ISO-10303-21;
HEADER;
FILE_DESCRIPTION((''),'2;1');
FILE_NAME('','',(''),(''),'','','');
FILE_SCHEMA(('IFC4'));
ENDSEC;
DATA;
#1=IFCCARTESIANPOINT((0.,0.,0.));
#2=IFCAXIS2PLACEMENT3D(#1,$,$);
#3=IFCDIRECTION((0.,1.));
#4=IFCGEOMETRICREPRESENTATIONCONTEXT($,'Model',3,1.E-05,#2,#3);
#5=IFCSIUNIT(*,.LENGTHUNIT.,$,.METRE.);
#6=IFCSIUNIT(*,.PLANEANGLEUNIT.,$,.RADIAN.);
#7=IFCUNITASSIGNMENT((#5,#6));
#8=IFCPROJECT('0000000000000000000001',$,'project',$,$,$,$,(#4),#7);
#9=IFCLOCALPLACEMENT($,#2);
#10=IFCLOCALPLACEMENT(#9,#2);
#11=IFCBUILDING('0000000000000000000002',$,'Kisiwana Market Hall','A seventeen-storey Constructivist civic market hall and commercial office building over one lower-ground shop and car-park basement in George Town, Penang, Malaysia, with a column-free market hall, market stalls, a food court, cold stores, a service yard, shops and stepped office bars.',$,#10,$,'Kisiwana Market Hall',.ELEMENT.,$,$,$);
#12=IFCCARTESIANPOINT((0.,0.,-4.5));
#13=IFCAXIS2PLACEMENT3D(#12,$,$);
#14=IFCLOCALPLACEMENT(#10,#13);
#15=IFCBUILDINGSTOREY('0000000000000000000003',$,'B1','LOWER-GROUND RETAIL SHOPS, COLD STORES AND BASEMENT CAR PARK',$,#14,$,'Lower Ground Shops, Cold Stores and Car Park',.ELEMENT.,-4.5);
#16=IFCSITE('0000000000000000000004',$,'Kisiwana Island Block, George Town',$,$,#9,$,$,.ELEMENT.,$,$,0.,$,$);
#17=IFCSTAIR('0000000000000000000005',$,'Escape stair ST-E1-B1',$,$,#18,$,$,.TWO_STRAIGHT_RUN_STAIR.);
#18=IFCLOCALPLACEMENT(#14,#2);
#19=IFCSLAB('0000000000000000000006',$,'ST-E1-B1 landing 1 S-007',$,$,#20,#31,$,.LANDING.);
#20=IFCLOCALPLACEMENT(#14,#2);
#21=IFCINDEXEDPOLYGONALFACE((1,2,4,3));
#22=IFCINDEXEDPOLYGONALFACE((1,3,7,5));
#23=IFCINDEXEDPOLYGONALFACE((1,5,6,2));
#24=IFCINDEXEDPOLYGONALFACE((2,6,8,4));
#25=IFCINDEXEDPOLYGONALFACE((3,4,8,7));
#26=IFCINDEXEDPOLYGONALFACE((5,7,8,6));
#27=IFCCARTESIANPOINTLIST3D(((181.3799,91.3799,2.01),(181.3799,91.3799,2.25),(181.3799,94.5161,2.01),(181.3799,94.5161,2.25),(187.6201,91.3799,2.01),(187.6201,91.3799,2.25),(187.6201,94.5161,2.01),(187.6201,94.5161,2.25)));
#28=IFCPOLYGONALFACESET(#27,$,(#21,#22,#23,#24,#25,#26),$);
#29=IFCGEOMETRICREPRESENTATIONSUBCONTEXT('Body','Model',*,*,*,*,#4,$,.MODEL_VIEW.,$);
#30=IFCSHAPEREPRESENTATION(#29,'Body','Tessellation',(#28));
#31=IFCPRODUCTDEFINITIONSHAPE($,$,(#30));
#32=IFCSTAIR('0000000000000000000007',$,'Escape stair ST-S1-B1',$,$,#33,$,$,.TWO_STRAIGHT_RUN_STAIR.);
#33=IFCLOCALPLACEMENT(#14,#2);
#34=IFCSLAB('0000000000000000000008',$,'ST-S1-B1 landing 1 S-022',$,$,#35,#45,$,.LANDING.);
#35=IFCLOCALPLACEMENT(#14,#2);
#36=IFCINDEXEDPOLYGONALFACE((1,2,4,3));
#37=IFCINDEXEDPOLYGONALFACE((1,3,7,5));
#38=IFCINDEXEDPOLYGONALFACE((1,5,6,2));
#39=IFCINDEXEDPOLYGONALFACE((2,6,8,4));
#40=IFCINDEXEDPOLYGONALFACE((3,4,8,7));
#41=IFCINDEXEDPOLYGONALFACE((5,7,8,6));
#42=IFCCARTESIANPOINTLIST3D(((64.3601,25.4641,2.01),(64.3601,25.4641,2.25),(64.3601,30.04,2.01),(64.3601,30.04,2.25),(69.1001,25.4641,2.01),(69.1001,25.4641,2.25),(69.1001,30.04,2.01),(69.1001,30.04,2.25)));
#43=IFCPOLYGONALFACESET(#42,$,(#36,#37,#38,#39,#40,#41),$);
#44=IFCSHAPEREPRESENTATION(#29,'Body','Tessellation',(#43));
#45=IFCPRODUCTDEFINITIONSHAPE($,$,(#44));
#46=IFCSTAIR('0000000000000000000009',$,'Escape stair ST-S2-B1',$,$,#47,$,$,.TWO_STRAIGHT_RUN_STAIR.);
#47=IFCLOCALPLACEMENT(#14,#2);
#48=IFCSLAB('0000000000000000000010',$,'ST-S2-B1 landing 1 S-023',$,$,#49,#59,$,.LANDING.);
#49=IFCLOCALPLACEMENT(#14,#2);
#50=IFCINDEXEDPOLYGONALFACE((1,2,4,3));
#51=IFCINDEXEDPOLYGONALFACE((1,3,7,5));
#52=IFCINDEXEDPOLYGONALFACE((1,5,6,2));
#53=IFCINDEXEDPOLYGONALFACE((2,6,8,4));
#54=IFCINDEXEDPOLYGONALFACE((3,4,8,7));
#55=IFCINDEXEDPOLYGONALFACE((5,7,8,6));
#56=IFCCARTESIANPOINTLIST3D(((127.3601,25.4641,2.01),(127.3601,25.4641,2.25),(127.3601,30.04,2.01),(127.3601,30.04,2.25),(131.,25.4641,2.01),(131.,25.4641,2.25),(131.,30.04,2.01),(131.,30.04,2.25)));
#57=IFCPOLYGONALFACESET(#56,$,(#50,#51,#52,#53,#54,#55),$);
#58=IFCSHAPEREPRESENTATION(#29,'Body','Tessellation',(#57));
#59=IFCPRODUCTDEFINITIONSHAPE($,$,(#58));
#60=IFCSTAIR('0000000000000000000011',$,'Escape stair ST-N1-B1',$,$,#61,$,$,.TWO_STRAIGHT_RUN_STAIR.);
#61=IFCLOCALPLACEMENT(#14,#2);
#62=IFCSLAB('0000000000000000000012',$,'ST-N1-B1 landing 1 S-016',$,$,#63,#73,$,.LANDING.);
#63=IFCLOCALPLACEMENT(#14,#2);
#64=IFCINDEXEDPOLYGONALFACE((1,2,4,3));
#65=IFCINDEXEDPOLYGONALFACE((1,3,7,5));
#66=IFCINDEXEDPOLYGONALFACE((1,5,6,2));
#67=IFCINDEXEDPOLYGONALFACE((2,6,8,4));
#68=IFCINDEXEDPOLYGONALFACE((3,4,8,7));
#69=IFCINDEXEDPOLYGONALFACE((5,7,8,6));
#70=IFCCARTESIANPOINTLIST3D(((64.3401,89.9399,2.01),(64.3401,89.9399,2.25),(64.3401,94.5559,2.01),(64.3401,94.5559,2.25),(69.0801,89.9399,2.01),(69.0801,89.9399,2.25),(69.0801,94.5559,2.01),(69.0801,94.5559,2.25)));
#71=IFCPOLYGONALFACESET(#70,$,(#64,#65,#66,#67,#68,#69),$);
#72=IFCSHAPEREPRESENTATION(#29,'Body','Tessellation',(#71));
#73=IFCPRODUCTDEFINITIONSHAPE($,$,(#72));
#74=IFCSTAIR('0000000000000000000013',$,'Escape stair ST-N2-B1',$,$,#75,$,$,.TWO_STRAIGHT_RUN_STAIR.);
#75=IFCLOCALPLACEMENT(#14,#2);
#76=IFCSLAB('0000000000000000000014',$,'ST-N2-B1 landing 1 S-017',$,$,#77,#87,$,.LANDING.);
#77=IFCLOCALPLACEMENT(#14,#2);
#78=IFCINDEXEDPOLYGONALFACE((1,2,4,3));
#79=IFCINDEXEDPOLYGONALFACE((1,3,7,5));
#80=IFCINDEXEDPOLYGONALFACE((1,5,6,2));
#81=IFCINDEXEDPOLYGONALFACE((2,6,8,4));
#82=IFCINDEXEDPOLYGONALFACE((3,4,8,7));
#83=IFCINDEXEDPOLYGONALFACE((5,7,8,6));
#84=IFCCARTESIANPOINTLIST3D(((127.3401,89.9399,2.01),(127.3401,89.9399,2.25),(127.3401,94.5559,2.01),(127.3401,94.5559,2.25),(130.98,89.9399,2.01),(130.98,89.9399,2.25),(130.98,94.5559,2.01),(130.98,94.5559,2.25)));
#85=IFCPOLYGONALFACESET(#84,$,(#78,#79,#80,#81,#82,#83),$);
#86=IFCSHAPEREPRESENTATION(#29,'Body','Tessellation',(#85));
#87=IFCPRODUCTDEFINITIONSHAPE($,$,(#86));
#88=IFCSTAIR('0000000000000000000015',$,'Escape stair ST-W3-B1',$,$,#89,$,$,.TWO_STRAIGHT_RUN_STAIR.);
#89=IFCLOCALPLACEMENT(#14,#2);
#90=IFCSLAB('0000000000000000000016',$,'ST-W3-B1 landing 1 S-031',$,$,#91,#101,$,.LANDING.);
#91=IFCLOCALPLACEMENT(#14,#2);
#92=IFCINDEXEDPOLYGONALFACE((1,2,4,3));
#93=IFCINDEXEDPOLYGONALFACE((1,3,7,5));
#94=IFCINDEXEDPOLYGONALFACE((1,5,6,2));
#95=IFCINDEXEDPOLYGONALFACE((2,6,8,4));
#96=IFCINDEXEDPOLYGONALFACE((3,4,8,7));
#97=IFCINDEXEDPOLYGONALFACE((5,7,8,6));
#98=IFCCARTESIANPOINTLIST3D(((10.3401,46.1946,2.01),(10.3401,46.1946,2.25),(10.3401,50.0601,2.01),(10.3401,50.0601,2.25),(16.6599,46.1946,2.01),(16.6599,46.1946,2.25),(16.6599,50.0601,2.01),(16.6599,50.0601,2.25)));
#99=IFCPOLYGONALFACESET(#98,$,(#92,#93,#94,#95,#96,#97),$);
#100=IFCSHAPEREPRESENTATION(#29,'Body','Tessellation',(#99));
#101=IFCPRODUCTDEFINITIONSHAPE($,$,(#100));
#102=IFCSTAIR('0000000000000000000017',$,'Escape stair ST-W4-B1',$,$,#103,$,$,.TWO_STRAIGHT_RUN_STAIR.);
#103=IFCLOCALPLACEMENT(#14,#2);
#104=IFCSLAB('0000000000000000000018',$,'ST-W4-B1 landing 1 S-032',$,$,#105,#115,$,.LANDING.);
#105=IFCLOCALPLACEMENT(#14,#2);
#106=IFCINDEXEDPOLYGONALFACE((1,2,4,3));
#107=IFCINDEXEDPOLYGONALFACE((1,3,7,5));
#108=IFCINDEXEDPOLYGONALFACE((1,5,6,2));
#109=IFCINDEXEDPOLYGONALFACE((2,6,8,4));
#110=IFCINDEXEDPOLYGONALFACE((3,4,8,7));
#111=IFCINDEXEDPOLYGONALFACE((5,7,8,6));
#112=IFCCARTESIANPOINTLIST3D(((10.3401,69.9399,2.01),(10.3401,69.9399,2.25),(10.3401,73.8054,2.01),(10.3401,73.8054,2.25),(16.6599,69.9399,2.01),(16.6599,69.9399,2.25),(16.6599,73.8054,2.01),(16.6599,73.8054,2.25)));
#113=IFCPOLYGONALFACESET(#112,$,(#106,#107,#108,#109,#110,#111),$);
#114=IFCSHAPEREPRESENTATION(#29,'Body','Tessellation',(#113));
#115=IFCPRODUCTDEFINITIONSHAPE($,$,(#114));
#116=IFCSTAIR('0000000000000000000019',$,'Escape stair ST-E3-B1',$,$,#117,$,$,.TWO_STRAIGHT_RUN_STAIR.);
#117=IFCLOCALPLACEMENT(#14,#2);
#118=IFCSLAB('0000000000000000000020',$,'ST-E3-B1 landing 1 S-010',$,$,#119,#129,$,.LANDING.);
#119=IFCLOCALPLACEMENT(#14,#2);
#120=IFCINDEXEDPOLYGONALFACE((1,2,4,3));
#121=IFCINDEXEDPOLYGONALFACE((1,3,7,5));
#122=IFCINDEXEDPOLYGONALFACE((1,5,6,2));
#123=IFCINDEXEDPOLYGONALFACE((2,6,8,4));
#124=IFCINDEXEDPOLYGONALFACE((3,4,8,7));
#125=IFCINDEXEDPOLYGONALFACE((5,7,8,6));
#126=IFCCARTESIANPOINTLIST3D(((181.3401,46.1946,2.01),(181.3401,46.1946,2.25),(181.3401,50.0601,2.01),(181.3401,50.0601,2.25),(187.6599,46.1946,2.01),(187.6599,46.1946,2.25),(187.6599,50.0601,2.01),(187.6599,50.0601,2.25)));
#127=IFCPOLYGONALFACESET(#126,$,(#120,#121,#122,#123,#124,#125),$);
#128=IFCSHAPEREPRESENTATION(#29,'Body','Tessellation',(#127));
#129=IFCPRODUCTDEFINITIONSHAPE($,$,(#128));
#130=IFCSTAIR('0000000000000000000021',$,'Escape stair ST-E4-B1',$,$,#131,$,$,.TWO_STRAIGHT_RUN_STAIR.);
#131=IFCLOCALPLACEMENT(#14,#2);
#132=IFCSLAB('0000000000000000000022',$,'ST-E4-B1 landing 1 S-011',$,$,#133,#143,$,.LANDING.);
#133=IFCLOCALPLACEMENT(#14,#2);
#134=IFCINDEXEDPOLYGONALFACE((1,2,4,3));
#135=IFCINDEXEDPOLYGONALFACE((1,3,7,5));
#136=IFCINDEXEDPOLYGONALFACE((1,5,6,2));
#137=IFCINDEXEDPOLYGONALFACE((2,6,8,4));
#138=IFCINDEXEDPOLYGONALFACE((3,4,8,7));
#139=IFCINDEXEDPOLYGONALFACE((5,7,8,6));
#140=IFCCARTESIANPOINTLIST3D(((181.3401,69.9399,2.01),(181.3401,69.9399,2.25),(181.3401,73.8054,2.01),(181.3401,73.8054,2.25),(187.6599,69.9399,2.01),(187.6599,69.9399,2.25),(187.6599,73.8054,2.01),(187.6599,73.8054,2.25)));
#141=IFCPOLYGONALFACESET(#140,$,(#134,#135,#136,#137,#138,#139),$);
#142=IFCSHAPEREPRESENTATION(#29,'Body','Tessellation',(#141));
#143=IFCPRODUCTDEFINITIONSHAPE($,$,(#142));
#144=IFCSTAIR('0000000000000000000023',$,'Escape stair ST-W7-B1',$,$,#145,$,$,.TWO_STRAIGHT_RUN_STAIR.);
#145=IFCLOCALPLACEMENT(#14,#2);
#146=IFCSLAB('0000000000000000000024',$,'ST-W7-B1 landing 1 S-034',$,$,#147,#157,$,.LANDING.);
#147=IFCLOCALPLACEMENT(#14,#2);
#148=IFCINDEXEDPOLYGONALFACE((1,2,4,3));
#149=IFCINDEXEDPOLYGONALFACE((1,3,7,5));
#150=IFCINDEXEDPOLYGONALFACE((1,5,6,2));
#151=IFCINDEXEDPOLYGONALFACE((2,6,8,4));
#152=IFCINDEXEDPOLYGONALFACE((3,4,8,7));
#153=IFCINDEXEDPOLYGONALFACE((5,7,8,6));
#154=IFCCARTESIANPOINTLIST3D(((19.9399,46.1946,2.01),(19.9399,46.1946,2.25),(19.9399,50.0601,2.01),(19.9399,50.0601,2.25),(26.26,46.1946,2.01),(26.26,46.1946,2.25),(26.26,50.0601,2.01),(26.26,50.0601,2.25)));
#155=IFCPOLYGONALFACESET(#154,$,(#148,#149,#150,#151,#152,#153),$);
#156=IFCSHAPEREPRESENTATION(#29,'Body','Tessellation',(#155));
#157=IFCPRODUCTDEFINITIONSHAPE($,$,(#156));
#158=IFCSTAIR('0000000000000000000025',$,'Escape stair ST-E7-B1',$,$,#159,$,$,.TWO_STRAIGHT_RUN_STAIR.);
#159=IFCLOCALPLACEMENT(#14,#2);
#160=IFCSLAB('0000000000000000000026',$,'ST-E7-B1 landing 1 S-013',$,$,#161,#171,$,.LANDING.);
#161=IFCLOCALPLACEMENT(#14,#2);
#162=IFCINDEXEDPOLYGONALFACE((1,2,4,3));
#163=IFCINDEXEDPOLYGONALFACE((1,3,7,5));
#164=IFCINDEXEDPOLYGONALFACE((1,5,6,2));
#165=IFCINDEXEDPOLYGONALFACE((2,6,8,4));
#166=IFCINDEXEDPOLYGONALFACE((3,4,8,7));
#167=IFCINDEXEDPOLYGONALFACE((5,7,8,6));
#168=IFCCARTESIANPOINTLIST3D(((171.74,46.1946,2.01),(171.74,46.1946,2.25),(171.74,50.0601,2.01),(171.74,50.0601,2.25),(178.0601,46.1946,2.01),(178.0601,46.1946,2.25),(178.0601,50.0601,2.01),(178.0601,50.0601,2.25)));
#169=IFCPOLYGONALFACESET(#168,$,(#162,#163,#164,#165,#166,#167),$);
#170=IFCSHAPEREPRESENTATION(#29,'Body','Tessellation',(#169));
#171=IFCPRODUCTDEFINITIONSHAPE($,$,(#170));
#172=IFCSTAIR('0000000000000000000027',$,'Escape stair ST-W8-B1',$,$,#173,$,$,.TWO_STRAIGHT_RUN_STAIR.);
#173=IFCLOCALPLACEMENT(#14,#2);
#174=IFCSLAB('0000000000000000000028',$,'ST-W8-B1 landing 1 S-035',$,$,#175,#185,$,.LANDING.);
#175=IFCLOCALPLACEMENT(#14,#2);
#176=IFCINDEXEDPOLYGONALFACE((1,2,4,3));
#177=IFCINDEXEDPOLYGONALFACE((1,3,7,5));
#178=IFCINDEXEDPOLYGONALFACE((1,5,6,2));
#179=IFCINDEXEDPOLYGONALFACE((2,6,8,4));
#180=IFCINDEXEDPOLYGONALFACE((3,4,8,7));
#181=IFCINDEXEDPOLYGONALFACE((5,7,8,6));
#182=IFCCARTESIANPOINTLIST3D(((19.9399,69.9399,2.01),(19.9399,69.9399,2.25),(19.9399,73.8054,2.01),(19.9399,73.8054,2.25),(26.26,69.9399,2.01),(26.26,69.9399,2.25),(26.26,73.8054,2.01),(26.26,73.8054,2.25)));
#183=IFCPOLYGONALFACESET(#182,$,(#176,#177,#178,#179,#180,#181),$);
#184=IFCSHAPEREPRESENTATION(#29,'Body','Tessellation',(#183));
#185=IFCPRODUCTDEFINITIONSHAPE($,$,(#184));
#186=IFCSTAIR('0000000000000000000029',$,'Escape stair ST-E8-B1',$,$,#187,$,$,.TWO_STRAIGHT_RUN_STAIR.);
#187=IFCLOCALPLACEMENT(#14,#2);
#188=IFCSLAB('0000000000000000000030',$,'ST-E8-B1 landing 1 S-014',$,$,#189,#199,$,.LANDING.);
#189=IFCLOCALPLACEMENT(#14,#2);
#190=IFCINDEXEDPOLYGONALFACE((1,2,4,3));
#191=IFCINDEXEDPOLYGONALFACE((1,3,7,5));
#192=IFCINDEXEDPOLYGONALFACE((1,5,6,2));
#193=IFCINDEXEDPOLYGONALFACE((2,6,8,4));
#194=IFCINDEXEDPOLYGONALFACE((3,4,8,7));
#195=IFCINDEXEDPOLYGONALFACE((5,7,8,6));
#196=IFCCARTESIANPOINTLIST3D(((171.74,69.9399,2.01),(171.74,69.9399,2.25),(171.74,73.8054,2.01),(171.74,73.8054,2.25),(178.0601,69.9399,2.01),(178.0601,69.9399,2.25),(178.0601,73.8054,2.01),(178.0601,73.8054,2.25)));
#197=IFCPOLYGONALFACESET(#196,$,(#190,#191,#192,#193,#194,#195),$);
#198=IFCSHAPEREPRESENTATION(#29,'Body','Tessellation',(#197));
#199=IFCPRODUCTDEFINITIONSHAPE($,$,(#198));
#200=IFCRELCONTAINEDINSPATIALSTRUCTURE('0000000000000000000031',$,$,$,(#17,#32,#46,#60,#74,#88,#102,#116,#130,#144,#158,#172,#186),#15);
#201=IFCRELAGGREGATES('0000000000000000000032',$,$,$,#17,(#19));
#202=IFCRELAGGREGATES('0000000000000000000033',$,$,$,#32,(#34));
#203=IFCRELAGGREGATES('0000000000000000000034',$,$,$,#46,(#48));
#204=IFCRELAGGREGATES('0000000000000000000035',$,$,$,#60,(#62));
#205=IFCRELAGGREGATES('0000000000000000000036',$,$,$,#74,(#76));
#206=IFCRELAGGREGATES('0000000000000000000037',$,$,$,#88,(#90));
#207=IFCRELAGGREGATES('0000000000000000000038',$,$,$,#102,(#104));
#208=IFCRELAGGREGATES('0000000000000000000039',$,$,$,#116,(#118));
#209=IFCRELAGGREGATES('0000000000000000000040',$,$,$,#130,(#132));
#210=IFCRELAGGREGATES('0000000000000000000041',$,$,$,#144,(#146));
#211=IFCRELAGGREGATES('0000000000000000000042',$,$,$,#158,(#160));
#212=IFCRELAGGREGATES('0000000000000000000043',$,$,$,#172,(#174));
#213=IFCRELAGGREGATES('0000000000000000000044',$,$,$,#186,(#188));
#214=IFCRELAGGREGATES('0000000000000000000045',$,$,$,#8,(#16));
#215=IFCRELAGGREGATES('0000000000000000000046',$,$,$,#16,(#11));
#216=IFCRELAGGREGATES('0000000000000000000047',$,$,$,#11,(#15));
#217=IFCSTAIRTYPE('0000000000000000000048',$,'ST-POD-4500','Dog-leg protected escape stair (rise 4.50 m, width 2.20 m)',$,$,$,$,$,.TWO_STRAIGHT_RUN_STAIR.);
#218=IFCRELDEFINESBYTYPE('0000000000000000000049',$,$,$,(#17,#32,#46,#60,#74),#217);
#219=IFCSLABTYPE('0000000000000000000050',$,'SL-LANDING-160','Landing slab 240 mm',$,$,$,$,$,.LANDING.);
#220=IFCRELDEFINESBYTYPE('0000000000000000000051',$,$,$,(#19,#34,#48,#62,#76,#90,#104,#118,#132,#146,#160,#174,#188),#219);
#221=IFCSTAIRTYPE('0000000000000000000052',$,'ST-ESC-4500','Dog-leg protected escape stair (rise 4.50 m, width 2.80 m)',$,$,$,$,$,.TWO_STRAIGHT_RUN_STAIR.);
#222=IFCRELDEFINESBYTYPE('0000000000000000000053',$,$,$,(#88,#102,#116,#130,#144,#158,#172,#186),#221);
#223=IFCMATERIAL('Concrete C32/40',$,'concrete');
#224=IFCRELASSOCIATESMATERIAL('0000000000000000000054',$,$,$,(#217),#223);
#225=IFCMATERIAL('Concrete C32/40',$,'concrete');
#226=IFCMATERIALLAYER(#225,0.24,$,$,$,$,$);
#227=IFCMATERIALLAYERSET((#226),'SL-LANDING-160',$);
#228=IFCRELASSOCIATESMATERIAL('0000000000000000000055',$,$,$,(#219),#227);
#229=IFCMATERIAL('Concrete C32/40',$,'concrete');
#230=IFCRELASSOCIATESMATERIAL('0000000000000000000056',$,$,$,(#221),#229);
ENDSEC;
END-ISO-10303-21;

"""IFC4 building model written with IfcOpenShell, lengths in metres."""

from ifc_helpers import new_model, si_unit, direction, frame, origin, place, context, subcontext, project, spatial, polyline, outline, extrude, material, layer, layer_set, type_object, element, aggregate, save


model = new_model("IFC4")

# Units and contexts
model_context = context("Model", 3, precision=1e-05, world=origin(), true_north=direction((0.0, 1.0)))
body_context = subcontext(model_context, "Body", "Model", "MODEL_VIEW")
ifc_project = project(units=[si_unit("LENGTHUNIT", "METRE"), si_unit("PLANEANGLEUNIT", "RADIAN")], contexts=[model_context])

# Site, building, storey
site_placement = place(None, origin())
site = spatial("IfcSite", under=ifc_project, at=site_placement, Name="Kisiwana Island Block, George Town", CompositionType="ELEMENT", RefElevation=0.0)
building_placement = place(site_placement, origin())
building = spatial("IfcBuilding", under=site, at=building_placement, Name="Kisiwana Market Hall", Description="A seventeen-storey Constructivist civic market hall and commercial office building over one lower-ground shop and car-park basement in George Town, Penang, Malaysia, with a column-free market hall, market stalls, a food court, cold stores, a service yard, shops and stepped office bars.", LongName="Kisiwana Market Hall", CompositionType="ELEMENT")
storey_placement = place(building_placement, frame((0.0, 0.0, -4.5)))
storey = spatial("IfcBuildingStorey", under=building, at=storey_placement, Name="B1", Description="LOWER-GROUND RETAIL SHOPS, COLD STORES AND BASEMENT CAR PARK", LongName="Lower Ground Shops, Cold Stores and Car Park", CompositionType="ELEMENT", Elevation=-4.5)

# Stairs, slabs
ifc_material_1 = material(Name="Concrete C32/40", Category="concrete")
stair_type_1 = type_object("IfcStairType", Name="ST-POD-4500", Description="Dog-leg protected escape stair (rise 4.50 m, width 2.20 m)", PredefinedType="TWO_STRAIGHT_RUN_STAIR", material=ifc_material_1)
ifc_material_2 = material(Name="Concrete C32/40", Category="concrete")
ifc_layer = layer(ifc_material_2, 0.24)
ifc_layer_set = layer_set([ifc_layer], Name="SL-LANDING-160")
slab_type = type_object("IfcSlabType", Name="SL-LANDING-160", Description="Landing slab 240 mm", PredefinedType="LANDING", material=ifc_layer_set)
stair_1_placement = place(storey_placement, origin())
stair_1 = element("IfcStair", 1, at=stair_1_placement, inside=storey, type_object=stair_type_1, Name="Escape stair ST-E1-B1", PredefinedType="TWO_STRAIGHT_RUN_STAIR")
slab_1_placement = place(storey_placement, frame((0.0, 0.0, 2.01)))
slab_1 = element("IfcSlab", 2, at=slab_1_placement, type_object=slab_type, Name="ST-E1-B1 landing 1 S-007", PredefinedType="LANDING", context=body_context, shape_type="SweptSolid", body=[
    extrude(outline(polyline([(181.3799, 91.3799), (187.6201, 91.3799), (187.6201, 94.5161), (181.3799, 94.5161), (181.3799, 91.3799)])), origin(), (0.0, 0.0, 1.0), 0.24),
])
aggregate(stair_1, [slab_1])
stair_2_placement = place(storey_placement, origin())
stair_2 = element("IfcStair", 3, at=stair_2_placement, inside=storey, type_object=stair_type_1, Name="Escape stair ST-S1-B1", PredefinedType="TWO_STRAIGHT_RUN_STAIR")
slab_2_placement = place(storey_placement, frame((0.0, 0.0, 2.01)))
slab_2 = element("IfcSlab", 4, at=slab_2_placement, type_object=slab_type, Name="ST-S1-B1 landing 1 S-022", PredefinedType="LANDING", context=body_context, shape_type="SweptSolid", body=[
    extrude(outline(polyline([(64.3601, 25.4641), (69.1001, 25.4641), (69.1001, 30.04), (64.3601, 30.04), (64.3601, 25.4641)])), origin(), (0.0, 0.0, 1.0), 0.24),
])
aggregate(stair_2, [slab_2])
stair_3_placement = place(storey_placement, origin())
stair_3 = element("IfcStair", 5, at=stair_3_placement, inside=storey, type_object=stair_type_1, Name="Escape stair ST-S2-B1", PredefinedType="TWO_STRAIGHT_RUN_STAIR")
slab_3_placement = place(storey_placement, frame((0.0, 0.0, 2.01)))
slab_3 = element("IfcSlab", 6, at=slab_3_placement, type_object=slab_type, Name="ST-S2-B1 landing 1 S-023", PredefinedType="LANDING", context=body_context, shape_type="SweptSolid", body=[
    extrude(outline(polyline([(127.3601, 25.4641), (131.0, 25.4641), (131.0, 30.04), (127.3601, 30.04), (127.3601, 25.4641)])), origin(), (0.0, 0.0, 1.0), 0.24),
])
aggregate(stair_3, [slab_3])
stair_4_placement = place(storey_placement, origin())
stair_4 = element("IfcStair", 7, at=stair_4_placement, inside=storey, type_object=stair_type_1, Name="Escape stair ST-N1-B1", PredefinedType="TWO_STRAIGHT_RUN_STAIR")
slab_4_placement = place(storey_placement, frame((0.0, 0.0, 2.01)))
slab_4 = element("IfcSlab", 8, at=slab_4_placement, type_object=slab_type, Name="ST-N1-B1 landing 1 S-016", PredefinedType="LANDING", context=body_context, shape_type="SweptSolid", body=[
    extrude(outline(polyline([(64.3401, 89.9399), (69.0801, 89.9399), (69.0801, 94.5559), (64.3401, 94.5559), (64.3401, 89.9399)])), origin(), (0.0, 0.0, 1.0), 0.24),
])
aggregate(stair_4, [slab_4])
stair_5_placement = place(storey_placement, origin())
stair_5 = element("IfcStair", 9, at=stair_5_placement, inside=storey, type_object=stair_type_1, Name="Escape stair ST-N2-B1", PredefinedType="TWO_STRAIGHT_RUN_STAIR")
slab_5_placement = place(storey_placement, frame((0.0, 0.0, 2.01)))
slab_5 = element("IfcSlab", 10, at=slab_5_placement, type_object=slab_type, Name="ST-N2-B1 landing 1 S-017", PredefinedType="LANDING", context=body_context, shape_type="SweptSolid", body=[
    extrude(outline(polyline([(127.3401, 89.9399), (130.98, 89.9399), (130.98, 94.5559), (127.3401, 94.5559), (127.3401, 89.9399)])), origin(), (0.0, 0.0, 1.0), 0.24),
])
aggregate(stair_5, [slab_5])
ifc_material_3 = material(Name="Concrete C32/40", Category="concrete")
stair_type_2 = type_object("IfcStairType", Name="ST-ESC-4500", Description="Dog-leg protected escape stair (rise 4.50 m, width 2.80 m)", PredefinedType="TWO_STRAIGHT_RUN_STAIR", material=ifc_material_3)
stair_6_placement = place(storey_placement, origin())
stair_6 = element("IfcStair", 11, at=stair_6_placement, inside=storey, type_object=stair_type_2, Name="Escape stair ST-W3-B1", PredefinedType="TWO_STRAIGHT_RUN_STAIR")
slab_6_placement = place(storey_placement, frame((0.0, 0.0, 2.01)))
slab_6 = element("IfcSlab", 12, at=slab_6_placement, type_object=slab_type, Name="ST-W3-B1 landing 1 S-031", PredefinedType="LANDING", context=body_context, shape_type="SweptSolid", body=[
    extrude(outline(polyline([(10.3401, 46.1946), (16.6599, 46.1946), (16.6599, 50.0601), (10.3401, 50.0601), (10.3401, 46.1946)])), origin(), (0.0, 0.0, 1.0), 0.24),
])
aggregate(stair_6, [slab_6])
stair_7_placement = place(storey_placement, origin())
stair_7 = element("IfcStair", 13, at=stair_7_placement, inside=storey, type_object=stair_type_2, Name="Escape stair ST-W4-B1", PredefinedType="TWO_STRAIGHT_RUN_STAIR")
slab_7_placement = place(storey_placement, frame((0.0, 0.0, 2.01)))
slab_7 = element("IfcSlab", 14, at=slab_7_placement, type_object=slab_type, Name="ST-W4-B1 landing 1 S-032", PredefinedType="LANDING", context=body_context, shape_type="SweptSolid", body=[
    extrude(outline(polyline([(10.3401, 69.9399), (16.6599, 69.9399), (16.6599, 73.8054), (10.3401, 73.8054), (10.3401, 69.9399)])), origin(), (0.0, 0.0, 1.0), 0.24),
])
aggregate(stair_7, [slab_7])
stair_8_placement = place(storey_placement, origin())
stair_8 = element("IfcStair", 15, at=stair_8_placement, inside=storey, type_object=stair_type_2, Name="Escape stair ST-E3-B1", PredefinedType="TWO_STRAIGHT_RUN_STAIR")
slab_8_placement = place(storey_placement, frame((0.0, 0.0, 2.01)))
slab_8 = element("IfcSlab", 16, at=slab_8_placement, type_object=slab_type, Name="ST-E3-B1 landing 1 S-010", PredefinedType="LANDING", context=body_context, shape_type="SweptSolid", body=[
    extrude(outline(polyline([(181.3401, 46.1946), (187.6599, 46.1946), (187.6599, 50.0601), (181.3401, 50.0601), (181.3401, 46.1946)])), origin(), (0.0, 0.0, 1.0), 0.24),
])
aggregate(stair_8, [slab_8])
stair_9_placement = place(storey_placement, origin())
stair_9 = element("IfcStair", 17, at=stair_9_placement, inside=storey, type_object=stair_type_2, Name="Escape stair ST-E4-B1", PredefinedType="TWO_STRAIGHT_RUN_STAIR")
slab_9_placement = place(storey_placement, frame((0.0, 0.0, 2.01)))
slab_9 = element("IfcSlab", 18, at=slab_9_placement, type_object=slab_type, Name="ST-E4-B1 landing 1 S-011", PredefinedType="LANDING", context=body_context, shape_type="SweptSolid", body=[
    extrude(outline(polyline([(181.3401, 69.9399), (187.6599, 69.9399), (187.6599, 73.8054), (181.3401, 73.8054), (181.3401, 69.9399)])), origin(), (0.0, 0.0, 1.0), 0.24),
])
aggregate(stair_9, [slab_9])
stair_10_placement = place(storey_placement, origin())
stair_10 = element("IfcStair", 19, at=stair_10_placement, inside=storey, type_object=stair_type_2, Name="Escape stair ST-W7-B1", PredefinedType="TWO_STRAIGHT_RUN_STAIR")
slab_10_placement = place(storey_placement, frame((0.0, 0.0, 2.01)))
slab_10 = element("IfcSlab", 20, at=slab_10_placement, type_object=slab_type, Name="ST-W7-B1 landing 1 S-034", PredefinedType="LANDING", context=body_context, shape_type="SweptSolid", body=[
    extrude(outline(polyline([(19.9399, 46.1946), (26.26, 46.1946), (26.26, 50.0601), (19.9399, 50.0601), (19.9399, 46.1946)])), origin(), (0.0, 0.0, 1.0), 0.24),
])
aggregate(stair_10, [slab_10])
stair_11_placement = place(storey_placement, origin())
stair_11 = element("IfcStair", 21, at=stair_11_placement, inside=storey, type_object=stair_type_2, Name="Escape stair ST-E7-B1", PredefinedType="TWO_STRAIGHT_RUN_STAIR")
slab_11_placement = place(storey_placement, frame((0.0, 0.0, 2.01)))
slab_11 = element("IfcSlab", 22, at=slab_11_placement, type_object=slab_type, Name="ST-E7-B1 landing 1 S-013", PredefinedType="LANDING", context=body_context, shape_type="SweptSolid", body=[
    extrude(outline(polyline([(171.74, 46.1946), (178.0601, 46.1946), (178.0601, 50.0601), (171.74, 50.0601), (171.74, 46.1946)])), origin(), (0.0, 0.0, 1.0), 0.24),
])
aggregate(stair_11, [slab_11])
stair_12_placement = place(storey_placement, origin())
stair_12 = element("IfcStair", 23, at=stair_12_placement, inside=storey, type_object=stair_type_2, Name="Escape stair ST-W8-B1", PredefinedType="TWO_STRAIGHT_RUN_STAIR")
slab_12_placement = place(storey_placement, frame((0.0, 0.0, 2.01)))
slab_12 = element("IfcSlab", 24, at=slab_12_placement, type_object=slab_type, Name="ST-W8-B1 landing 1 S-035", PredefinedType="LANDING", context=body_context, shape_type="SweptSolid", body=[
    extrude(outline(polyline([(19.9399, 69.9399), (26.26, 69.9399), (26.26, 73.8054), (19.9399, 73.8054), (19.9399, 69.9399)])), origin(), (0.0, 0.0, 1.0), 0.24),
])
aggregate(stair_12, [slab_12])
stair_13_placement = place(storey_placement, origin())
stair_13 = element("IfcStair", 25, at=stair_13_placement, inside=storey, type_object=stair_type_2, Name="Escape stair ST-E8-B1", PredefinedType="TWO_STRAIGHT_RUN_STAIR")
slab_13_placement = place(storey_placement, frame((0.0, 0.0, 2.01)))
slab_13 = element("IfcSlab", 26, at=slab_13_placement, type_object=slab_type, Name="ST-E8-B1 landing 1 S-014", PredefinedType="LANDING", context=body_context, shape_type="SweptSolid", body=[
    extrude(outline(polyline([(171.74, 69.9399), (178.0601, 69.9399), (178.0601, 73.8054), (171.74, 73.8054), (171.74, 69.9399)])), origin(), (0.0, 0.0, 1.0), 0.24),
])
aggregate(stair_13, [slab_13])

save(model, "model.ifc")
